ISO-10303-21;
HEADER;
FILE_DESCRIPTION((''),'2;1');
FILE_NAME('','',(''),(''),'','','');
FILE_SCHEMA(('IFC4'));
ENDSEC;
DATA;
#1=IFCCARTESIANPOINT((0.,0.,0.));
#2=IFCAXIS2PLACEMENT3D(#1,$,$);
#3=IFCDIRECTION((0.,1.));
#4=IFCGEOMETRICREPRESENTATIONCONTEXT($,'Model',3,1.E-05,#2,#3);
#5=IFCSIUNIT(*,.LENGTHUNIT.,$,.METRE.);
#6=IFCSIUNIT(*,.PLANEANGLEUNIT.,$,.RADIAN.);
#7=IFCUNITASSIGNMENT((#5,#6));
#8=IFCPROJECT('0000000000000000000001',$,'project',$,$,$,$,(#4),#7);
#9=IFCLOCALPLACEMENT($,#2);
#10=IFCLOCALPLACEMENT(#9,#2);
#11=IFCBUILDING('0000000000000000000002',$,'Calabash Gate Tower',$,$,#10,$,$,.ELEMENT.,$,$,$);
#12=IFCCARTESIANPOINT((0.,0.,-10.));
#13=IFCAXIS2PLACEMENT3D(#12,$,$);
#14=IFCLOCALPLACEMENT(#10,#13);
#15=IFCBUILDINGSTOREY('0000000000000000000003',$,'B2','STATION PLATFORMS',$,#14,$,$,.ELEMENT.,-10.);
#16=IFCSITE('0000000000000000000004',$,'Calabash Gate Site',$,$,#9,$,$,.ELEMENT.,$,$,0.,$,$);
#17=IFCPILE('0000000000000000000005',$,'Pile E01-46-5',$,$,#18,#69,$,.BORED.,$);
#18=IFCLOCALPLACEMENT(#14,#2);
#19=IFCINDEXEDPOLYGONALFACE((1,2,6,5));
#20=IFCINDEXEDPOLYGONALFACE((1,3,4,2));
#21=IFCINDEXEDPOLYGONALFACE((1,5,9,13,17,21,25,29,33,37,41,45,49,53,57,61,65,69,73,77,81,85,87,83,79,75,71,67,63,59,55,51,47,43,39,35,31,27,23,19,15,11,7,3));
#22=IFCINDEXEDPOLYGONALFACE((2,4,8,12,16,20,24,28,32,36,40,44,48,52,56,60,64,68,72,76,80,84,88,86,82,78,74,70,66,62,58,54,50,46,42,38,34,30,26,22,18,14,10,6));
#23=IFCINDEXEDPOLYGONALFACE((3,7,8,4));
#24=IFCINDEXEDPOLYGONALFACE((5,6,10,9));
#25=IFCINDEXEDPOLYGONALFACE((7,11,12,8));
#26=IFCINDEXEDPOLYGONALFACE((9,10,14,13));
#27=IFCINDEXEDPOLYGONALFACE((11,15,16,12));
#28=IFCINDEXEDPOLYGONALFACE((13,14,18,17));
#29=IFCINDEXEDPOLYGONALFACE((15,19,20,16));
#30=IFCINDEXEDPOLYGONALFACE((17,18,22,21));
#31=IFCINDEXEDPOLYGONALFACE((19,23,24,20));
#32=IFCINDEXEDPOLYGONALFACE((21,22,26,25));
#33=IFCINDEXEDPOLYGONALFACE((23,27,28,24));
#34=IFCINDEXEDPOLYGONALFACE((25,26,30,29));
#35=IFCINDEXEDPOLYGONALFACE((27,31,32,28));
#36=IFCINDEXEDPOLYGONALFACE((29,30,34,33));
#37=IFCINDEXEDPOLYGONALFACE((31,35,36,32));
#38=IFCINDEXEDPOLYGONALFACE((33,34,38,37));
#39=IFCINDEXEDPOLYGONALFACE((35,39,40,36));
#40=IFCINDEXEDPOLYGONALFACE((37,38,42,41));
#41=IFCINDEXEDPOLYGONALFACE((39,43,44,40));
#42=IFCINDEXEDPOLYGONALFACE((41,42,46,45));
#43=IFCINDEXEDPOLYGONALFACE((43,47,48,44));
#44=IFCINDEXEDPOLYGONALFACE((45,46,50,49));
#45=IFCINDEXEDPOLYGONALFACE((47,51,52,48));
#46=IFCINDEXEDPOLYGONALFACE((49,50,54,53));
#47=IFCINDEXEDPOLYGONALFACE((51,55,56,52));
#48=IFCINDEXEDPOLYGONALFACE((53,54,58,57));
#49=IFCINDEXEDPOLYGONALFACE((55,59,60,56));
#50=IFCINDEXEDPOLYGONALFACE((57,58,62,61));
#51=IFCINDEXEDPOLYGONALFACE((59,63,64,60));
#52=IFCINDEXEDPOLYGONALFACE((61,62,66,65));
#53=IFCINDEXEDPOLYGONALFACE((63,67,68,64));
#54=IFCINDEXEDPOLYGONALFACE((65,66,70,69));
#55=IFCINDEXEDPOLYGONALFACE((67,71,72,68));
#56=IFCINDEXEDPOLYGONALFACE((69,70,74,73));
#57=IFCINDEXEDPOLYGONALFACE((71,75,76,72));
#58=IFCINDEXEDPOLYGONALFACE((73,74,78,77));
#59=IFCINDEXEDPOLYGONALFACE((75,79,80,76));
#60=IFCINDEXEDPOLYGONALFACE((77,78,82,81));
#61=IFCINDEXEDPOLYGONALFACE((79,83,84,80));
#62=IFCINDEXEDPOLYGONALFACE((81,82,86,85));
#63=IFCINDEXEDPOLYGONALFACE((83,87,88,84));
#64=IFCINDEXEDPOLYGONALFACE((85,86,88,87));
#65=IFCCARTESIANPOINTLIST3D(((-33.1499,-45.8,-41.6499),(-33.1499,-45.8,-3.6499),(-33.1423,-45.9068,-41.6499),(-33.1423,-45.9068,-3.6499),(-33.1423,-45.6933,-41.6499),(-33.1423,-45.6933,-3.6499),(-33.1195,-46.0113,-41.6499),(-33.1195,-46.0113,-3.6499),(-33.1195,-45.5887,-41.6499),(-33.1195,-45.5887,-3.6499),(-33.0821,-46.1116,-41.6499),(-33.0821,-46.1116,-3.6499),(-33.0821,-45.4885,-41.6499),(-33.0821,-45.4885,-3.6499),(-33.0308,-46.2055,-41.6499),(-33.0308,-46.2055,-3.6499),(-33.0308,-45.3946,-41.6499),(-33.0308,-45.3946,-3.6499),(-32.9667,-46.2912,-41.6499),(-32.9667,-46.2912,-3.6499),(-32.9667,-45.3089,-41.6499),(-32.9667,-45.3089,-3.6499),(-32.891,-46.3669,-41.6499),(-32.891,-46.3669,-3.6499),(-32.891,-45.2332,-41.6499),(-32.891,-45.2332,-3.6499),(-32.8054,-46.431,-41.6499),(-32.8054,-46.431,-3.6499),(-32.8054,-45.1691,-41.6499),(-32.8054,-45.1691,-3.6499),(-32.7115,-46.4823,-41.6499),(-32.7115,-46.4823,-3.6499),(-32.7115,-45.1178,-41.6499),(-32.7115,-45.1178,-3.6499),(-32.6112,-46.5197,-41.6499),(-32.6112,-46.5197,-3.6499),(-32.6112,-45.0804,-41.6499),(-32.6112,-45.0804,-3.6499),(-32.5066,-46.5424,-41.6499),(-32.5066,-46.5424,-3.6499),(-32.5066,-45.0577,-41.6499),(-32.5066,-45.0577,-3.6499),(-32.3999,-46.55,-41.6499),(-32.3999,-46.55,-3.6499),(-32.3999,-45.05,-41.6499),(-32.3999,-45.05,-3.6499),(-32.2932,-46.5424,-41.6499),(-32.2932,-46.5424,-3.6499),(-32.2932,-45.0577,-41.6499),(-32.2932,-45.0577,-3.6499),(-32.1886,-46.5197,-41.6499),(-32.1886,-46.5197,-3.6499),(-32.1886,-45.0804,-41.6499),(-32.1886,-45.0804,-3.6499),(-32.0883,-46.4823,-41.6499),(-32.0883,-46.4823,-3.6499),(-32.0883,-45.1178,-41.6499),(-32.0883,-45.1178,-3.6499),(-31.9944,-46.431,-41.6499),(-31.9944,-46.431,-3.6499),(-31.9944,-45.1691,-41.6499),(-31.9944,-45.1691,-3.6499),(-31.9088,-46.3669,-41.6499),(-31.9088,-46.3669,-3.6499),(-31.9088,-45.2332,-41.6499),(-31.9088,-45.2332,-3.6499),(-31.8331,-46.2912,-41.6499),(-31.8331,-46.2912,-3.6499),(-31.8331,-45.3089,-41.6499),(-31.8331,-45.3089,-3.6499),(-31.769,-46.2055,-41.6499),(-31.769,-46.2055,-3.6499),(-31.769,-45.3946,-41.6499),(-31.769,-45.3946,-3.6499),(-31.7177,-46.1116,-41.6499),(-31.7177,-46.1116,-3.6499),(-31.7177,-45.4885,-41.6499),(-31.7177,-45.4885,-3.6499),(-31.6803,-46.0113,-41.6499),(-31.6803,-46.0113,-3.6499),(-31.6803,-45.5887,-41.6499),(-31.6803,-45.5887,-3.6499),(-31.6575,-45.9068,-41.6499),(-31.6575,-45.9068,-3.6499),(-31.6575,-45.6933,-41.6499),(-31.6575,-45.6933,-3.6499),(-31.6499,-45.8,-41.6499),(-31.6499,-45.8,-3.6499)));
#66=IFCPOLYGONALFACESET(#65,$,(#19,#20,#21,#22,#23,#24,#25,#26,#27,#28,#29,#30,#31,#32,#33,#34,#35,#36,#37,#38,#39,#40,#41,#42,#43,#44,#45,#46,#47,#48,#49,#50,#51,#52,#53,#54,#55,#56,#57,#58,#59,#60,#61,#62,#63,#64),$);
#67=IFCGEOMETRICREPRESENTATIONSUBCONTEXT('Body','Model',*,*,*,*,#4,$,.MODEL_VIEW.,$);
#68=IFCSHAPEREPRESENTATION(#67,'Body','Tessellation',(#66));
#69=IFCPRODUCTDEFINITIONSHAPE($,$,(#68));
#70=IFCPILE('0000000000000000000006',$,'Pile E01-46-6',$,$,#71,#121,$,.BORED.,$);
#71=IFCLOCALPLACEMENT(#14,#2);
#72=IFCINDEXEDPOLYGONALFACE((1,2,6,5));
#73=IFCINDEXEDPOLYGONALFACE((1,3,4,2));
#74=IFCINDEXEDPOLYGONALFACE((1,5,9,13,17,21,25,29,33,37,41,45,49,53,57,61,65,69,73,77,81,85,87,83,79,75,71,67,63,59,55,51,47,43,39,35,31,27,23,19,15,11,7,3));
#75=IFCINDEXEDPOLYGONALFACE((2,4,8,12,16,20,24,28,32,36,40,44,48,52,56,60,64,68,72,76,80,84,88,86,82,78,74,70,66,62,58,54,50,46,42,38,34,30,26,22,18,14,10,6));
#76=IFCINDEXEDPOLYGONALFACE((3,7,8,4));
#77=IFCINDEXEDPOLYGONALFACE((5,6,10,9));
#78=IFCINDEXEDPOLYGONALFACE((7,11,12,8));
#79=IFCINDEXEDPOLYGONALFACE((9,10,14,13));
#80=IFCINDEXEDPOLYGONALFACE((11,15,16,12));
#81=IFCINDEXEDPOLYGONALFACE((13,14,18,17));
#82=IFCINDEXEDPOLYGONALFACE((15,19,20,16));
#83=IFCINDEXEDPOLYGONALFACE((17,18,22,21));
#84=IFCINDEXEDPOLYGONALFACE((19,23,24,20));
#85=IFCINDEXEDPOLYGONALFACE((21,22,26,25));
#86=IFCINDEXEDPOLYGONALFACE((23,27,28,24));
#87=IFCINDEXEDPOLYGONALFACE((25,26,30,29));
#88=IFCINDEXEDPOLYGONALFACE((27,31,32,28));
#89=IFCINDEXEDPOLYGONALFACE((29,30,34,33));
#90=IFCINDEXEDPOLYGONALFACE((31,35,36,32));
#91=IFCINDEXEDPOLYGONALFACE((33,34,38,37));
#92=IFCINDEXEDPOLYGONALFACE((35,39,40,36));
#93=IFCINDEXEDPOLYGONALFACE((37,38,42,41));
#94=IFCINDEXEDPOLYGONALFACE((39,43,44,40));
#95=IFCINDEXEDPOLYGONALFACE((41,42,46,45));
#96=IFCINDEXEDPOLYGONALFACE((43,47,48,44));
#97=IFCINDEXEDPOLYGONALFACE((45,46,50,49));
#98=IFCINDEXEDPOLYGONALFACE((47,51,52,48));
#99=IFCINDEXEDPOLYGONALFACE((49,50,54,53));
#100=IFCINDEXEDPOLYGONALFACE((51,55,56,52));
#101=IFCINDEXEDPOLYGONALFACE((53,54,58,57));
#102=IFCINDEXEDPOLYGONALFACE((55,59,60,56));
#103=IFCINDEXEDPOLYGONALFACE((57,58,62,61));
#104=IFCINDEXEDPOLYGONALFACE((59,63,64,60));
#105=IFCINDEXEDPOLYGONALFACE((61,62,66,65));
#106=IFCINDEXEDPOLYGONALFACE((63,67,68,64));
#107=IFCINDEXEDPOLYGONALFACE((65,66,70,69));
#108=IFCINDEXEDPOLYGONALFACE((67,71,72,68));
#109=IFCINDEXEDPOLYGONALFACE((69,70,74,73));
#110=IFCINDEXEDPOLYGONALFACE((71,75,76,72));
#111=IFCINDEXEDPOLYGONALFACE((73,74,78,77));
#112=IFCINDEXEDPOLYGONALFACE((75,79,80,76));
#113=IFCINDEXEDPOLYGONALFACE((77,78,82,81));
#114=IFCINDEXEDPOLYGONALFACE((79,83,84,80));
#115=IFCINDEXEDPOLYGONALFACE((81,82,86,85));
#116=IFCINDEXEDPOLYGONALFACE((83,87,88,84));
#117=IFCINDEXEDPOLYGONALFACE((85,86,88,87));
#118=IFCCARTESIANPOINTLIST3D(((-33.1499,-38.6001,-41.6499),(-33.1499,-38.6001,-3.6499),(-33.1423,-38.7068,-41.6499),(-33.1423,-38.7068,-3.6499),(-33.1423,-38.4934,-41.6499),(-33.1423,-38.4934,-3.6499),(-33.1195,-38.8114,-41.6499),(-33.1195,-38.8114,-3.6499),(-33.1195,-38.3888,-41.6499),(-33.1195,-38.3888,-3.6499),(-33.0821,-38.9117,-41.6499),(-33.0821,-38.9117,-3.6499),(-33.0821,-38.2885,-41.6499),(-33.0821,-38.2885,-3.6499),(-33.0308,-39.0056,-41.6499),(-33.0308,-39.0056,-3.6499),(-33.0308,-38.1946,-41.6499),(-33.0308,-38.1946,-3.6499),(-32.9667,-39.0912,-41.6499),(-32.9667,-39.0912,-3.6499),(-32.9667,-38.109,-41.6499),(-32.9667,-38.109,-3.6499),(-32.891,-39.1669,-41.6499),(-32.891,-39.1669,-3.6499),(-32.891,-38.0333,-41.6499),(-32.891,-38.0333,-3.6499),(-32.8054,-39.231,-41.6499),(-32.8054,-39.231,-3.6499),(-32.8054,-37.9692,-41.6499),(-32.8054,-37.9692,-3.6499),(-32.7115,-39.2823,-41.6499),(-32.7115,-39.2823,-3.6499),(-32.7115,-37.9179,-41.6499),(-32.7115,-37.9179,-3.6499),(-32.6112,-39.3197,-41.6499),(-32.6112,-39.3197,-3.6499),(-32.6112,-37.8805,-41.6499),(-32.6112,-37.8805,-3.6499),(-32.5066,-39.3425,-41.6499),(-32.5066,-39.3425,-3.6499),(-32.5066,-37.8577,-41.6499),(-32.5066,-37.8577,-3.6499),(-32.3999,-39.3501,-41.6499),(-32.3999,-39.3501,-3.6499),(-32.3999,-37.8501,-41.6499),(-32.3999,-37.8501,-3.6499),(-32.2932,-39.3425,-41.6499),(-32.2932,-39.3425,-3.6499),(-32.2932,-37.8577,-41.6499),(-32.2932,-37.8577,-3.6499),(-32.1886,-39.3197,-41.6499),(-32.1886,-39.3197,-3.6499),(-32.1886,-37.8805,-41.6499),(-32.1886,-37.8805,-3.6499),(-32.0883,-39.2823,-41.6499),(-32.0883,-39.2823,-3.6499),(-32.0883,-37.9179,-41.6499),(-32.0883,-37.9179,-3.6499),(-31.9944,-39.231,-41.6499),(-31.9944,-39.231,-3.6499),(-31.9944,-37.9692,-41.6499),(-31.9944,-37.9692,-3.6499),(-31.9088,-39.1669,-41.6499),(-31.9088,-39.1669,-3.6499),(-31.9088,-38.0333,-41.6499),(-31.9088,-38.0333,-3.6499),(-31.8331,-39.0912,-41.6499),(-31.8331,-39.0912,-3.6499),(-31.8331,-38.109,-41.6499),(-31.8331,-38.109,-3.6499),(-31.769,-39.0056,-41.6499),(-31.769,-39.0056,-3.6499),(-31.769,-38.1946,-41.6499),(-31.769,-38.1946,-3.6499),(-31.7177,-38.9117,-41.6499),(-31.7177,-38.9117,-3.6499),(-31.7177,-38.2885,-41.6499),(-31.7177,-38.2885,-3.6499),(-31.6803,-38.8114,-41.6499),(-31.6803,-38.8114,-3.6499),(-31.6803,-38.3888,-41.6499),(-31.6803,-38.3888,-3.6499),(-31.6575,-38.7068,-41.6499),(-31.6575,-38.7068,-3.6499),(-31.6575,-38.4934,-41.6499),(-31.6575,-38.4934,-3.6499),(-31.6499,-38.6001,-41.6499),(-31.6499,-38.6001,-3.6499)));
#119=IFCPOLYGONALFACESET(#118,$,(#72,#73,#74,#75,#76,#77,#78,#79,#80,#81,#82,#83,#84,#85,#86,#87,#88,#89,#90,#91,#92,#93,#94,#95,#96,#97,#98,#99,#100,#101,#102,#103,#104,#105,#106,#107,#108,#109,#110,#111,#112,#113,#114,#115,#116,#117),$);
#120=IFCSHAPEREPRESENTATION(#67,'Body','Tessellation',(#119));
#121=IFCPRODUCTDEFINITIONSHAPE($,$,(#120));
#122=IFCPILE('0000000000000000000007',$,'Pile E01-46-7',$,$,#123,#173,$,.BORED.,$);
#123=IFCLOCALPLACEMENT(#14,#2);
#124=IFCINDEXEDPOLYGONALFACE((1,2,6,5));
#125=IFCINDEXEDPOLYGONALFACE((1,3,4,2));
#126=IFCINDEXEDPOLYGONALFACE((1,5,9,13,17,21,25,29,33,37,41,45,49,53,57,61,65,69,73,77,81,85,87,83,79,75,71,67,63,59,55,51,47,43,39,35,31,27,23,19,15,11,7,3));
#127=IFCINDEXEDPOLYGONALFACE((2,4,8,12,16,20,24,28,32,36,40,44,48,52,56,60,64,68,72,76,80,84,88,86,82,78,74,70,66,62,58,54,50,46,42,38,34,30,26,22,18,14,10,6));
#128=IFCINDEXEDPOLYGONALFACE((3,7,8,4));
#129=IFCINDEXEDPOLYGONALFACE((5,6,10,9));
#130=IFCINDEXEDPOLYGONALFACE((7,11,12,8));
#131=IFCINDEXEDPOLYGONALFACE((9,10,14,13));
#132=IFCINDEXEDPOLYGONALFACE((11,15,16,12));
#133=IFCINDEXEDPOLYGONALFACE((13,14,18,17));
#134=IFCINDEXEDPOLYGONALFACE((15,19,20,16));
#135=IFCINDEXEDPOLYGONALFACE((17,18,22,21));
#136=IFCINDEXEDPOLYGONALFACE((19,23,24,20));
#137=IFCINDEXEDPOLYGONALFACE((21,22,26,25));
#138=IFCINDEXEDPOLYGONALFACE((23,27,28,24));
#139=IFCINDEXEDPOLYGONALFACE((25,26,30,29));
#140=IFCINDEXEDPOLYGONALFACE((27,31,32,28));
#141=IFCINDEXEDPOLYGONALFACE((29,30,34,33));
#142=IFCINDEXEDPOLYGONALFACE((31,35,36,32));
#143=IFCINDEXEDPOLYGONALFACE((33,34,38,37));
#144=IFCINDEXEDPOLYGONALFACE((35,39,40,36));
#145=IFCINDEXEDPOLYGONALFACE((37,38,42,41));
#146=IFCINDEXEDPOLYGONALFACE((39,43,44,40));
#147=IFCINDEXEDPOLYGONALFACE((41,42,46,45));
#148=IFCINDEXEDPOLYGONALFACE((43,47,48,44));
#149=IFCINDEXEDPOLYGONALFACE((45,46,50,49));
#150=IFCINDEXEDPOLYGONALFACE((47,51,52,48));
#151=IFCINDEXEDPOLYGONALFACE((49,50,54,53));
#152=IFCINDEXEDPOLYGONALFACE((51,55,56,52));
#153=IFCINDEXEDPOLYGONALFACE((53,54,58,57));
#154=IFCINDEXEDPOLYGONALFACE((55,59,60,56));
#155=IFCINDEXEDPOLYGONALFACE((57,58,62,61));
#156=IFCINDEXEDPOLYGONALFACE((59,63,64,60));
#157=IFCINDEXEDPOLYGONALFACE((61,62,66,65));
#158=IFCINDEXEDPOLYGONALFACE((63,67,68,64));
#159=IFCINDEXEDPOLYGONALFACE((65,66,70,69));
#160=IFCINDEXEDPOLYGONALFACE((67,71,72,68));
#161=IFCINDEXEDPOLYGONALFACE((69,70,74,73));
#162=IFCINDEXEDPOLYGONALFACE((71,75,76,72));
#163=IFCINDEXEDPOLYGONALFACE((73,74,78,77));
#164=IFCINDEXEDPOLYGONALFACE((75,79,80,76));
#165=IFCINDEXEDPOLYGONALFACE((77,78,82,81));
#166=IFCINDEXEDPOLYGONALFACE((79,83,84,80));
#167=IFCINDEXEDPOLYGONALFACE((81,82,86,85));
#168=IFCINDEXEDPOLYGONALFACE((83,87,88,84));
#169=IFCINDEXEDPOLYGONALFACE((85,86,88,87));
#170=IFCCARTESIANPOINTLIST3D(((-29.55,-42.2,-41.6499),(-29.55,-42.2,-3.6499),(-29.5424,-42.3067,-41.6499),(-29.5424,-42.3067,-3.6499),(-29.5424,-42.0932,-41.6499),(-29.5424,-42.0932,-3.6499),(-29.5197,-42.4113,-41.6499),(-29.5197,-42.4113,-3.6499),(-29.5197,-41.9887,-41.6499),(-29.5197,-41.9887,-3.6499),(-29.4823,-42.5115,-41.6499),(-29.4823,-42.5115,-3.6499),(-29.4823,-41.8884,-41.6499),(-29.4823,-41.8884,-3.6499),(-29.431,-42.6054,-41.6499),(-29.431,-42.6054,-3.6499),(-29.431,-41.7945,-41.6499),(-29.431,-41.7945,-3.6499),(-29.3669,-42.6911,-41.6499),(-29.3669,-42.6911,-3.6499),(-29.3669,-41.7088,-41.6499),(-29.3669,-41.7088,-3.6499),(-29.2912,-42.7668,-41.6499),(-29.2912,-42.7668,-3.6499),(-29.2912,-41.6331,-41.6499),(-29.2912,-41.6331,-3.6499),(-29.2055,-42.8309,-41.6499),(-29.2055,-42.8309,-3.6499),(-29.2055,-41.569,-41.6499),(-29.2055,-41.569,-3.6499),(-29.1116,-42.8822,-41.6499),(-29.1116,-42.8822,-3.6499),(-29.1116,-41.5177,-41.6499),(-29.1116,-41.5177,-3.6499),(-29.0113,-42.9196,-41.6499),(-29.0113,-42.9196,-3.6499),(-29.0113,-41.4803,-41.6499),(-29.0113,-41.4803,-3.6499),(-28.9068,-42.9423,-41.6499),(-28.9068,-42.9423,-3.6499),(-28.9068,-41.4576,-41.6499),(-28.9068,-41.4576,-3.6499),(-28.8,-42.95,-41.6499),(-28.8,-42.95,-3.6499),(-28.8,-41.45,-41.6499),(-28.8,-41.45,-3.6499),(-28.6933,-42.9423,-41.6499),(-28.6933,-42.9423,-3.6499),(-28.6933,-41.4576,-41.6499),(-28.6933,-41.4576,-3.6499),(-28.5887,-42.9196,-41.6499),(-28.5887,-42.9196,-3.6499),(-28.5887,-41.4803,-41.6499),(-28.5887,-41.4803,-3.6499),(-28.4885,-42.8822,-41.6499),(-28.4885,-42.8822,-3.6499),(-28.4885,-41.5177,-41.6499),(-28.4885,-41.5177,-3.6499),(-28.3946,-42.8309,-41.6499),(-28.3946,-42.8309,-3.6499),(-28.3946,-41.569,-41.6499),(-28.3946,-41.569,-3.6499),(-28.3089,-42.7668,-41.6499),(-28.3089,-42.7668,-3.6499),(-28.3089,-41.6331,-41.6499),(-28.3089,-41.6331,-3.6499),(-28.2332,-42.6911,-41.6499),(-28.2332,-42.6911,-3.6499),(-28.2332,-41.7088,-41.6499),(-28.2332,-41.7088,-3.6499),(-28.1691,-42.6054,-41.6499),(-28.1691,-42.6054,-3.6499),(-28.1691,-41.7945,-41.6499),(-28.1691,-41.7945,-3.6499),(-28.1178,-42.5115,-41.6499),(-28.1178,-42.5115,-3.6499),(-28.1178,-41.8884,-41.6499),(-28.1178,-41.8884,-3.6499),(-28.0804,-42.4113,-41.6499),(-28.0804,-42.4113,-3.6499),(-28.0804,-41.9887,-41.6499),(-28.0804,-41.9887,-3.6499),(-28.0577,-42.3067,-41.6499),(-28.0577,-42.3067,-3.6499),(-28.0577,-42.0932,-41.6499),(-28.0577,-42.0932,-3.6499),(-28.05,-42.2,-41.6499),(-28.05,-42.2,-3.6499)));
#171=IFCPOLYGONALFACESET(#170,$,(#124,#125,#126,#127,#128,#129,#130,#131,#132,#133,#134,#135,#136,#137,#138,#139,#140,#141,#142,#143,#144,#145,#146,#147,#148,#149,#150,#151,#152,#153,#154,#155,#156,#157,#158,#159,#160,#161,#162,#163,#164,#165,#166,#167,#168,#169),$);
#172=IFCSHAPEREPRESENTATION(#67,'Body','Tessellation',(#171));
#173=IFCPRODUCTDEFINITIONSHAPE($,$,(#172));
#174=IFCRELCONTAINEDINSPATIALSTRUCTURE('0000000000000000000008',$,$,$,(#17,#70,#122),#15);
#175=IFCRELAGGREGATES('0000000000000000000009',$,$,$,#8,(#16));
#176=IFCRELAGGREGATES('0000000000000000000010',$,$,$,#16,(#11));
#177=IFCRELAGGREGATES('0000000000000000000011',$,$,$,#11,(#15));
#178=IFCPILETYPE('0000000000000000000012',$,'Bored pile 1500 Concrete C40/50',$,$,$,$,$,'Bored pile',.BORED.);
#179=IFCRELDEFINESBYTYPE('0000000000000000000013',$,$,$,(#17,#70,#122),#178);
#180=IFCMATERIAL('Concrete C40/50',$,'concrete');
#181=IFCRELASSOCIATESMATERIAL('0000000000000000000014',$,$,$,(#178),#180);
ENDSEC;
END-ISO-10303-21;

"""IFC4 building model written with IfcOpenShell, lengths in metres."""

from ifc_helpers import new_model, si_unit, direction, frame, origin, origin_2d, place, context, subcontext, project, spatial, circle, extrude, material, material_profile, profile_set, type_object, element, save


model = new_model("IFC4")

# Units and contexts
model_context = context("Model", 3, precision=1e-05, world=origin(), true_north=direction((0.0, 1.0)))
body_context = subcontext(model_context, "Body", "Model", "MODEL_VIEW")
ifc_project = project(units=[si_unit("LENGTHUNIT", "METRE"), si_unit("PLANEANGLEUNIT", "RADIAN")], contexts=[model_context])

# Site, building, storey
site_placement = place(None, origin())
site = spatial("IfcSite", under=ifc_project, at=site_placement, Name="Calabash Gate Site", CompositionType="ELEMENT", RefElevation=0.0)
building_placement = place(site_placement, origin())
building = spatial("IfcBuilding", under=site, at=building_placement, Name="Calabash Gate Tower", CompositionType="ELEMENT")
storey_placement = place(building_placement, frame((0.0, 0.0, -10.0)))
storey = spatial("IfcBuildingStorey", under=building, at=storey_placement, Name="B2", Description="STATION PLATFORMS", CompositionType="ELEMENT", Elevation=-10.0)

# Piles
ifc_material_1 = material(Name="Concrete C40/50", Category="concrete")
ifc_material_profile_1 = material_profile(ifc_material_1, circle(Radius=0.75, at=origin_2d()))
ifc_profile_set_1 = profile_set([ifc_material_profile_1], Name="Concrete C40/50")
pile_type = type_object("IfcPileType", Name="Bored pile 1500 Concrete C40/50", ElementType="Bored pile", PredefinedType="BORED", material=ifc_profile_set_1)
for number, where, z_axis, x_axis, name in (
    (1, (-32.3999, -45.8, -3.6499), (0.0, 0.0, -1.0), (1.0, 0.0, 0.0), "Pile E01-46-5"),
    (2, (-32.3999, -38.6001, -3.6499), (0.0, 0.0, -1.0), (1.0, 0.0, 0.0), "Pile E01-46-6"),
    (3, (-28.8, -42.2, -3.6499), (0.0, 0.0, -1.0), (1.0, 0.0, 0.0), "Pile E01-46-7"),
):
    element("IfcPile", number, at=place(storey_placement, frame(where, z_axis=z_axis, x_axis=x_axis)), inside=storey, type_object=pile_type, Name=name, PredefinedType="BORED", context=body_context, shape_type="SweptSolid", body=[
        extrude(circle(Radius=0.75, at=origin_2d()), origin(), (0.0, 0.0, 1.0), 38.0),
    ])

save(model, "model.ifc")
